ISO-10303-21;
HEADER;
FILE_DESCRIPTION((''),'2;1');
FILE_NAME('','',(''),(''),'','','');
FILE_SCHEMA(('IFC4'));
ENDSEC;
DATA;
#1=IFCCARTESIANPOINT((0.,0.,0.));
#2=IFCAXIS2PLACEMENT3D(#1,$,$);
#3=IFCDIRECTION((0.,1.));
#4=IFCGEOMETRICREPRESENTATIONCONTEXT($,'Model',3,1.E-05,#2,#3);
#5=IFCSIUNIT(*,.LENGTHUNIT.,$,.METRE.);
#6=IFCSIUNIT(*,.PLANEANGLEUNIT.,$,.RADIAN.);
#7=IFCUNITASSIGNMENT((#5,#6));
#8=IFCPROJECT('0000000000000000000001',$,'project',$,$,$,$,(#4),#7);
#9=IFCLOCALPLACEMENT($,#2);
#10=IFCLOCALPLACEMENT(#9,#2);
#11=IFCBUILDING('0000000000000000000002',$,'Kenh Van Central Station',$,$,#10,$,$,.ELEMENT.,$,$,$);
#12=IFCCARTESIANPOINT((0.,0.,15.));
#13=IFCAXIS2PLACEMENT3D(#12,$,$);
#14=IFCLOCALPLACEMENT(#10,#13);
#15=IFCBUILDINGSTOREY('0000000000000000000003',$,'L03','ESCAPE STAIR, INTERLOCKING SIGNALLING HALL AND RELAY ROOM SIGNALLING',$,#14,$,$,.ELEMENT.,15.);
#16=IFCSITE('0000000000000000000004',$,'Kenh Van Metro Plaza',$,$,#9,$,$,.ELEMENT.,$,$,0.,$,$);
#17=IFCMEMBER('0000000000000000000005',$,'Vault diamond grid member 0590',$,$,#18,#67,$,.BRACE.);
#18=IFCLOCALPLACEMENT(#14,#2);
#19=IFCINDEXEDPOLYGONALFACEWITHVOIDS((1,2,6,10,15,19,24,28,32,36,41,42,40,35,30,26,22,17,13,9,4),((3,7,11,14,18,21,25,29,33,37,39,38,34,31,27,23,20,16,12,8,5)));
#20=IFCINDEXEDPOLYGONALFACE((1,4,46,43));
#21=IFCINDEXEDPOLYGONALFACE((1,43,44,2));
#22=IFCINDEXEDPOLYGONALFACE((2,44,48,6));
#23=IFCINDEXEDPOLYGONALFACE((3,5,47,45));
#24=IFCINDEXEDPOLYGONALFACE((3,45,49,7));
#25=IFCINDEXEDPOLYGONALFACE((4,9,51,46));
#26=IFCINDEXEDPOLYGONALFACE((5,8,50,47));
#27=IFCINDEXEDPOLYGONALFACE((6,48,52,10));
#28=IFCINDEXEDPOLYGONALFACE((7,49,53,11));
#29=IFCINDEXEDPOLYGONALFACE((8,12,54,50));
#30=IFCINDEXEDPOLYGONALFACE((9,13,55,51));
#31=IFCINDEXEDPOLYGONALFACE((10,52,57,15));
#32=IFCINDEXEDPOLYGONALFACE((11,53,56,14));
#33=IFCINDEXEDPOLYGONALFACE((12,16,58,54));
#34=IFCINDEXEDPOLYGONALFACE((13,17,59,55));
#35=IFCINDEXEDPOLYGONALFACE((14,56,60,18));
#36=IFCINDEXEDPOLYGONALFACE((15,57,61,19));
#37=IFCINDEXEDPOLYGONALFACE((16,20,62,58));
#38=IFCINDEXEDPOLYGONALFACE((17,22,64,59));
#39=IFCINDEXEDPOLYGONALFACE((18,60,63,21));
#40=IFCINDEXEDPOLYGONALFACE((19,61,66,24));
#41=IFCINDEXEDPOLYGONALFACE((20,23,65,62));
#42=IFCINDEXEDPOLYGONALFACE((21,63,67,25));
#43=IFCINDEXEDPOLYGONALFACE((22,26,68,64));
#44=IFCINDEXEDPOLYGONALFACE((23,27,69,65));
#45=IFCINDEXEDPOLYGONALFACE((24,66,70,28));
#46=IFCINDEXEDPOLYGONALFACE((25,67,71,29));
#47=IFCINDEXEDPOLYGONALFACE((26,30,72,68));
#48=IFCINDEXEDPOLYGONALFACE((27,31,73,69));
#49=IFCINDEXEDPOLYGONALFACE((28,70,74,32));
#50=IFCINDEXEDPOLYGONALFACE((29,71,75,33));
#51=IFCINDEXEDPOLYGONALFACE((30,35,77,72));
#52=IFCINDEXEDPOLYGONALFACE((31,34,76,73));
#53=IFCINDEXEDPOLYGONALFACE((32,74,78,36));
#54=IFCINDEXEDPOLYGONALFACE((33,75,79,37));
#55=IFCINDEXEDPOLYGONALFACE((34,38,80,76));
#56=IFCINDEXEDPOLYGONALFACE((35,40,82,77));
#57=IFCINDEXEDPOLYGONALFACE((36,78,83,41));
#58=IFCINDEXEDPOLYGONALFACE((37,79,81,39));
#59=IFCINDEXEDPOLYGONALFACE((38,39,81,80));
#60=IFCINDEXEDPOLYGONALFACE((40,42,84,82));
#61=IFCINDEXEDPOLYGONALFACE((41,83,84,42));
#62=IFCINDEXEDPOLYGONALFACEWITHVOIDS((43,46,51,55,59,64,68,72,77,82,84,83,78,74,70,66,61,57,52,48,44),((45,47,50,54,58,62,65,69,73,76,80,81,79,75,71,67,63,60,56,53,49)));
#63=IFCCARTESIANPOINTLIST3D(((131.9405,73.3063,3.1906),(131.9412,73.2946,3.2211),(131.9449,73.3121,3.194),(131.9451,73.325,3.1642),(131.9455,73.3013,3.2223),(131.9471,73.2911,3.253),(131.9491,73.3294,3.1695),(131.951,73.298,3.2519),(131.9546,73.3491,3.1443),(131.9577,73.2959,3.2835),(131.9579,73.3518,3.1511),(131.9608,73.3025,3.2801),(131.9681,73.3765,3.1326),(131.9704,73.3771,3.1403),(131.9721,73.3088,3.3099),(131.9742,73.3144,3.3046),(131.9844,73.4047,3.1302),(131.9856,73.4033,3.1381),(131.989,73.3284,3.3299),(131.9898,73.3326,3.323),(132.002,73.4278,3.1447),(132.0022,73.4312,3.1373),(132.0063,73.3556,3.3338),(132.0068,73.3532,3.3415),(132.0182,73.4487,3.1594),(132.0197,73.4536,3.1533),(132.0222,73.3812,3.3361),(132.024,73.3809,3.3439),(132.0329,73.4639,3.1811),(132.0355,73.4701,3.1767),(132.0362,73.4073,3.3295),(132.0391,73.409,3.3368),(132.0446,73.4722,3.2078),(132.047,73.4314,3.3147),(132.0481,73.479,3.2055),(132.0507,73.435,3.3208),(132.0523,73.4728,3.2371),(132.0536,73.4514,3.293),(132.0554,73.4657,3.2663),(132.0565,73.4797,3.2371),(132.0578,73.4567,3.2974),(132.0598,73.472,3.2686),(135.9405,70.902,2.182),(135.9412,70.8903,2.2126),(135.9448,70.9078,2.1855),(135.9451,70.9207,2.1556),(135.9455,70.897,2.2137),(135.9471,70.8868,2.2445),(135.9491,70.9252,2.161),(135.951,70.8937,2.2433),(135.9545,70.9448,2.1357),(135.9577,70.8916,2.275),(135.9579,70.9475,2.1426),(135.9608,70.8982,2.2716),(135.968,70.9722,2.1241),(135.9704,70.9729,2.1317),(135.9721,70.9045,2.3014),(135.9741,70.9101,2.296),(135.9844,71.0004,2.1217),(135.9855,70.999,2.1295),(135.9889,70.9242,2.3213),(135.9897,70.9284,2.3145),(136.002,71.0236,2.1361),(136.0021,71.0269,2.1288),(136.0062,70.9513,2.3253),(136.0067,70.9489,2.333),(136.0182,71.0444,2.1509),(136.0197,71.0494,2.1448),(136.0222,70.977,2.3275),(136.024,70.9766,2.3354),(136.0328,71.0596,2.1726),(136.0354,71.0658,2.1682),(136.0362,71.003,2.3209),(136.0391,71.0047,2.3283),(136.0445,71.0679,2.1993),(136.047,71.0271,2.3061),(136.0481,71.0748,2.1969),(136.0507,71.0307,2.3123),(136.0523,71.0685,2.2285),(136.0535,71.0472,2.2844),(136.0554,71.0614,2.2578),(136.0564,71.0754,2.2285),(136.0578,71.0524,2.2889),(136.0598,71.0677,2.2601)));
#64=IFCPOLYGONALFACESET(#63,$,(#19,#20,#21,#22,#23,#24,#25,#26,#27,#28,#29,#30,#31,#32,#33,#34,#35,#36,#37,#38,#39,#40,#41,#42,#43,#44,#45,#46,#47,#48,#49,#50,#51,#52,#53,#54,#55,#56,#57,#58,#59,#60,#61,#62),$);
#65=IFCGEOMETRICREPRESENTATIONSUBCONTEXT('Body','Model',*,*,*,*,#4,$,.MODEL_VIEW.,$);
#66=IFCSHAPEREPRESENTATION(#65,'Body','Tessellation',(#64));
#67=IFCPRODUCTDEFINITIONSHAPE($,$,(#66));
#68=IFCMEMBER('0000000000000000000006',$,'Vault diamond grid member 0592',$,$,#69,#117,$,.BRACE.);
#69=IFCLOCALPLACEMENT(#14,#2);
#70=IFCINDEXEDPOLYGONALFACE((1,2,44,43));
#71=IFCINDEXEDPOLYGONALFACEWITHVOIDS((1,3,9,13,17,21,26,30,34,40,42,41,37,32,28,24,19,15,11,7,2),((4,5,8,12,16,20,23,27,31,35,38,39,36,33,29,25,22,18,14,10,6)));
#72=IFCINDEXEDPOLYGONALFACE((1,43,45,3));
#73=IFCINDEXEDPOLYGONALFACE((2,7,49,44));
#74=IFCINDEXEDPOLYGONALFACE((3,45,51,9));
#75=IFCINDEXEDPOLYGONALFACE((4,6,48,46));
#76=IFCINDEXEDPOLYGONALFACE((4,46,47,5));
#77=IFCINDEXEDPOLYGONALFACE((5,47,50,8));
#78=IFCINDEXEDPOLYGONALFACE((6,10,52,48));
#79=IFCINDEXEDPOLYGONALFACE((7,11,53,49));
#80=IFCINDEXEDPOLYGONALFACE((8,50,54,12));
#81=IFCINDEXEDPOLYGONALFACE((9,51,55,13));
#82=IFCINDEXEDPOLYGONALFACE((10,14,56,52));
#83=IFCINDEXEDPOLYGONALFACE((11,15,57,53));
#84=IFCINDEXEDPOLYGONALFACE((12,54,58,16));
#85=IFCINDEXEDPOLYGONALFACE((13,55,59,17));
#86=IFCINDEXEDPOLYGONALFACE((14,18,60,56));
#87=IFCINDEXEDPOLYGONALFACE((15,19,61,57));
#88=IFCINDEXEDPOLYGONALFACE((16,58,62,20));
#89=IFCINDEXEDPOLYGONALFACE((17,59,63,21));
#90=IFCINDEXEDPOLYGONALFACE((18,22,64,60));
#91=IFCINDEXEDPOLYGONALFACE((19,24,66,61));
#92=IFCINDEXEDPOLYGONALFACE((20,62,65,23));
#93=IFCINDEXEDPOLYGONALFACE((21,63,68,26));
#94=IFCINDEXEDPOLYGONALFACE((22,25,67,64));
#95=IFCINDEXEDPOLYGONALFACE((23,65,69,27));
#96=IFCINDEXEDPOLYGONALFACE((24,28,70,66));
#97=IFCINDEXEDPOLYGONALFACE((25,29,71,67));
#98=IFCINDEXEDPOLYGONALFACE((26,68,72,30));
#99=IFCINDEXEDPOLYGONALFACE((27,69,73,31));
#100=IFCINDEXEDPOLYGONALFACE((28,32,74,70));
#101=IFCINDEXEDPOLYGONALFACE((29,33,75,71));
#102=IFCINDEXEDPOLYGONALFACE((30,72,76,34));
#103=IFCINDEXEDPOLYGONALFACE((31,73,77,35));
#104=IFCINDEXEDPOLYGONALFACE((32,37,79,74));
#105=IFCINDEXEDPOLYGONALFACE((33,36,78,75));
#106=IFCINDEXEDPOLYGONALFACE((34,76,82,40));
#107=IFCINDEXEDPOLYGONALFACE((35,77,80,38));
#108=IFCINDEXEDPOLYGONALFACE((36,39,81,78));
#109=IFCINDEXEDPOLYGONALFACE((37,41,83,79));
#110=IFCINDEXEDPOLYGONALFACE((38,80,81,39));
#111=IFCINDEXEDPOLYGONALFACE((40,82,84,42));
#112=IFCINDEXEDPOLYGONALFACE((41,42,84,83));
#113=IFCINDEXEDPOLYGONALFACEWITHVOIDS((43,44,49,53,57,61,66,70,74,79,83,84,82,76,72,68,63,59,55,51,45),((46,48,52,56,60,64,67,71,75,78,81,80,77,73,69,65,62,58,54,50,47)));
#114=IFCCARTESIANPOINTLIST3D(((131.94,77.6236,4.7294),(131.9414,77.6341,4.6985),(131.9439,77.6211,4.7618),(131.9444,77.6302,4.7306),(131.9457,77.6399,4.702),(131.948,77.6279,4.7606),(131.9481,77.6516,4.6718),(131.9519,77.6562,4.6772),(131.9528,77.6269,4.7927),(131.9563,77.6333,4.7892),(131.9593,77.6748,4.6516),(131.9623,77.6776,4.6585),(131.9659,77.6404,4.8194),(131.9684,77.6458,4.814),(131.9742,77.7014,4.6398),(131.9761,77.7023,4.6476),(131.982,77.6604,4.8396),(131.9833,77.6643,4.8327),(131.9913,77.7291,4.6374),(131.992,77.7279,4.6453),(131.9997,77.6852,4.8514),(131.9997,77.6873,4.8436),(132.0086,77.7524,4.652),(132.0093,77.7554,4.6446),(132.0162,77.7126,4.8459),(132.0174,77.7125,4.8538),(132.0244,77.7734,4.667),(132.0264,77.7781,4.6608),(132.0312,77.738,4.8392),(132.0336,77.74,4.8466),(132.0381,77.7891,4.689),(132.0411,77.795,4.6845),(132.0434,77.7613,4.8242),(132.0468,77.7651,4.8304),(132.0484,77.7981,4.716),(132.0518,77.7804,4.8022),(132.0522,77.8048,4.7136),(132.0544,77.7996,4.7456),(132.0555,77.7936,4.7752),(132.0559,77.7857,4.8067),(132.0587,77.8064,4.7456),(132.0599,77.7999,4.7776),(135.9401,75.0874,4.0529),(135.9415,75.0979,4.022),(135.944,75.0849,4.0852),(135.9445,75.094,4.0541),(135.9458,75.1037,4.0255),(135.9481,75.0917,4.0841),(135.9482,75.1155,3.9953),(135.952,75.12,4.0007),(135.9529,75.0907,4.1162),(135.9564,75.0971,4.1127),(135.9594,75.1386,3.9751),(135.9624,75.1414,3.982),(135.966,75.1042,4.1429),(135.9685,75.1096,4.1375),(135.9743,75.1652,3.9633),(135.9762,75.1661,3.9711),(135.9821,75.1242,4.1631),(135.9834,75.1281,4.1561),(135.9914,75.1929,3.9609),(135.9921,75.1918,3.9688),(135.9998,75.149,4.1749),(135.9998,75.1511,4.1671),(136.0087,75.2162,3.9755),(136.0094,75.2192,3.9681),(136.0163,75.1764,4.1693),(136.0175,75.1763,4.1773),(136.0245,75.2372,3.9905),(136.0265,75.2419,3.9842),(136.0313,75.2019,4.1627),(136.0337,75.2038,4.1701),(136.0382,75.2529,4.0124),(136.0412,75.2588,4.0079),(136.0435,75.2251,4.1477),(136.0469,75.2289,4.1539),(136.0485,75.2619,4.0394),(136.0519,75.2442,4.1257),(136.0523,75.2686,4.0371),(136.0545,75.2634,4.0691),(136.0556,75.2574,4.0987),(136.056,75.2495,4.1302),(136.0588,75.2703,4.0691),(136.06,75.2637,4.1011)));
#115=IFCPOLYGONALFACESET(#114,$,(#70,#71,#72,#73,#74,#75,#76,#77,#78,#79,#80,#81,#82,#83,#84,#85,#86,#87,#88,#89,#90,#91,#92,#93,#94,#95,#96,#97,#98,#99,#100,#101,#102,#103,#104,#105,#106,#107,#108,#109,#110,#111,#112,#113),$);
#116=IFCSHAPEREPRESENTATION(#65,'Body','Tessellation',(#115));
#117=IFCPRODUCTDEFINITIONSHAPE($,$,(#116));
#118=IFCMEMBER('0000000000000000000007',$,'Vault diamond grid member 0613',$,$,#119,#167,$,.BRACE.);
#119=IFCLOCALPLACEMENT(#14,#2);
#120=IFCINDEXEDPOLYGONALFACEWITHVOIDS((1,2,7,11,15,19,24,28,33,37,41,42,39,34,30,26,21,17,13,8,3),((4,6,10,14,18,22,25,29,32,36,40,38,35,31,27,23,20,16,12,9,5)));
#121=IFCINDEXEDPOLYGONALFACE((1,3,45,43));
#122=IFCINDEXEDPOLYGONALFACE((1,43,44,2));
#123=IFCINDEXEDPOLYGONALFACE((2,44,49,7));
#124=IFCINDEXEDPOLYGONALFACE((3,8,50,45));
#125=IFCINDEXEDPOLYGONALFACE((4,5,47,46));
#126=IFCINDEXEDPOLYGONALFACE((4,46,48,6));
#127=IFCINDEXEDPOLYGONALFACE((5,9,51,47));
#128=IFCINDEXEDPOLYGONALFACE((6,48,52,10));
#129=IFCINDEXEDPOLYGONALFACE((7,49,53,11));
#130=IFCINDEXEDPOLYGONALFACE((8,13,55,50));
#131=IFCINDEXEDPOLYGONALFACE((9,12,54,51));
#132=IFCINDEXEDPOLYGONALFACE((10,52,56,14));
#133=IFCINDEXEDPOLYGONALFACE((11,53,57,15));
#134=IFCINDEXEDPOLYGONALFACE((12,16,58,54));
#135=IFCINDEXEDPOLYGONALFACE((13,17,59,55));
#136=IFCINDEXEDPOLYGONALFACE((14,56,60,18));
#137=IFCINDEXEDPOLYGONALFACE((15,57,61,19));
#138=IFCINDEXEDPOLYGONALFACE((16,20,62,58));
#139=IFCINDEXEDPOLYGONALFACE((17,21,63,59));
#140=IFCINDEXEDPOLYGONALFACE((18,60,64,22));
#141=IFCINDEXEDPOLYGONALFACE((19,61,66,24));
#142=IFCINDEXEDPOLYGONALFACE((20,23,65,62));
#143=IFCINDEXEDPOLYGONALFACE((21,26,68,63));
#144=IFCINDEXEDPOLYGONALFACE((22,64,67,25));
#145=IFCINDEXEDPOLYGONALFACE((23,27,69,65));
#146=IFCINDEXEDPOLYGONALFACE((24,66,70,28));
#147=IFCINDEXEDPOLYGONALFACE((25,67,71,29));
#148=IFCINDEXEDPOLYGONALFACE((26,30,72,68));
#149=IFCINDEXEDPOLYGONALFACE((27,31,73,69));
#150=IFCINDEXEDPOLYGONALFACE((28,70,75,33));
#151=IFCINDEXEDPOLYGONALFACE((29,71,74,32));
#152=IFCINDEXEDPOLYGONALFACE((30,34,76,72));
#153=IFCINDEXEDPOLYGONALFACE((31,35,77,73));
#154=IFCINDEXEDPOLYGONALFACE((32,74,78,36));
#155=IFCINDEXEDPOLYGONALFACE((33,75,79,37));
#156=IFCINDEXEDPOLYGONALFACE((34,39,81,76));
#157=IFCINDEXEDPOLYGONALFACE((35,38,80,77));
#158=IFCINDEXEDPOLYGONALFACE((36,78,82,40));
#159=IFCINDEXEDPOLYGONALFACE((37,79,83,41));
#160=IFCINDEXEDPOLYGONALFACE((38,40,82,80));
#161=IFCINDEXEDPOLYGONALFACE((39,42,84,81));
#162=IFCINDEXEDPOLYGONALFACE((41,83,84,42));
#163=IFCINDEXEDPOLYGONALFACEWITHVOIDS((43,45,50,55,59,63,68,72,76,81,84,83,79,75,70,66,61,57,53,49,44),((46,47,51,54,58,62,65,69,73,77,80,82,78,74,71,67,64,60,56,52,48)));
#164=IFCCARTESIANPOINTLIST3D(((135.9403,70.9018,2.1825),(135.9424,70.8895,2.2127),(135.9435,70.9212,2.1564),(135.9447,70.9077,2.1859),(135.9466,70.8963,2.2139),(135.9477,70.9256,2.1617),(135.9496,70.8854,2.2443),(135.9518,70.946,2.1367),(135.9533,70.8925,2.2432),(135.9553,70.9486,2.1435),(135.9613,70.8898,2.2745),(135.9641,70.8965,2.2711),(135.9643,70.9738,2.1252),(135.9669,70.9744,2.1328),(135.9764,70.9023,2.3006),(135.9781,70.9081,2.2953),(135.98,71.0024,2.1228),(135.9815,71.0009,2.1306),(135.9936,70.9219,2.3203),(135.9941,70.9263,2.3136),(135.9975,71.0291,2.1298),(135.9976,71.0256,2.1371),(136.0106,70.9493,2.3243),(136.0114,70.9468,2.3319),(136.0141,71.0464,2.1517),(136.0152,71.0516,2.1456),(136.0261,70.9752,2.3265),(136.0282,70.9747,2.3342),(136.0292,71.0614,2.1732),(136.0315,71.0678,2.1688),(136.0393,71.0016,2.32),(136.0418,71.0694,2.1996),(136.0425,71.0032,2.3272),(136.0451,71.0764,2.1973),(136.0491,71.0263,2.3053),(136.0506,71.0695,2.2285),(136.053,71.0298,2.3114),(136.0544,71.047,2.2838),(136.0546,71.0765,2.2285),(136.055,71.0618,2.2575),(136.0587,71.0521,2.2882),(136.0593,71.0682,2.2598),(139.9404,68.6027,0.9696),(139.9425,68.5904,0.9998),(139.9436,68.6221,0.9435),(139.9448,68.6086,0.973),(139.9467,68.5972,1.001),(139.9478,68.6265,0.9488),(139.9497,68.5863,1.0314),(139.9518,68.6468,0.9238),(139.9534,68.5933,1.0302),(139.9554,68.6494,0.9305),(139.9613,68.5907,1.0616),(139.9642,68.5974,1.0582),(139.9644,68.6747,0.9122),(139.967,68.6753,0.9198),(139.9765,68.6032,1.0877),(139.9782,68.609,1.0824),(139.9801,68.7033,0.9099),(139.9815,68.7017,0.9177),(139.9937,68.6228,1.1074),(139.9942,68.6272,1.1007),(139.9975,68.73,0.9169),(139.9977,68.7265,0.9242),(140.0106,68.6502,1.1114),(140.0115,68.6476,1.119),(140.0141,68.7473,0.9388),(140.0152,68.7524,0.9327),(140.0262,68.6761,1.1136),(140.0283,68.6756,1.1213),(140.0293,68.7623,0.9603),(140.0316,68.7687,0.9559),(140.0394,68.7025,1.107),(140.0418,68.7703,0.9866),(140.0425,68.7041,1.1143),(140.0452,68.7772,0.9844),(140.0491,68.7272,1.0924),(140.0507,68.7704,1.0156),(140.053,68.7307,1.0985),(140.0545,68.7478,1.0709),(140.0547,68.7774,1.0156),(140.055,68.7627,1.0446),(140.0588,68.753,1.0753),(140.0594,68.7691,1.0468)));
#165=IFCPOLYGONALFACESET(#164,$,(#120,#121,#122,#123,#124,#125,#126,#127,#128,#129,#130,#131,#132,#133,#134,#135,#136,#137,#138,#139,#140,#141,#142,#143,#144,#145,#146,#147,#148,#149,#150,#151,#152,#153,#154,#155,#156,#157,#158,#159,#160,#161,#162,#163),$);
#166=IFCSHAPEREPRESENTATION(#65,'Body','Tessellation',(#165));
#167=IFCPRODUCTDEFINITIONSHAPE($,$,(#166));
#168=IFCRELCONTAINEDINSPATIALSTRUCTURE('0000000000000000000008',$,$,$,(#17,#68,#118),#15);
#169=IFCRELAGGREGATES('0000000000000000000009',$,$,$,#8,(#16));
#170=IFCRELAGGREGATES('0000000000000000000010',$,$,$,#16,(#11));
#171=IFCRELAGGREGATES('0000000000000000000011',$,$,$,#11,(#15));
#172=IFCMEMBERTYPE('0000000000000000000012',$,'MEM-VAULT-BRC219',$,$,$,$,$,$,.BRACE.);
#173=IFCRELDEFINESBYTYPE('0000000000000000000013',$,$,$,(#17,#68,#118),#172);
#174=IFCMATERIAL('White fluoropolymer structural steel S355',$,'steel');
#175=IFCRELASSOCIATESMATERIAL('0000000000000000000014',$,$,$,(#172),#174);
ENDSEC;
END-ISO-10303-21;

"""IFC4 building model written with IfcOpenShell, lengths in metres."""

from ifc_helpers import new_model, si_unit, direction, frame, origin, origin_2d, place, context, subcontext, project, spatial, hollow_circle, extrude, material, material_profile, profile_set, type_object, element, save


model = new_model("IFC4")

# Units and contexts
model_context = context("Model", 3, precision=1e-05, world=origin(), true_north=direction((0.0, 1.0)))
body_context = subcontext(model_context, "Body", "Model", "MODEL_VIEW")
ifc_project = project(units=[si_unit("LENGTHUNIT", "METRE"), si_unit("PLANEANGLEUNIT", "RADIAN")], contexts=[model_context])

# Site, building, storey
site_placement = place(None, origin())
site = spatial("IfcSite", under=ifc_project, at=site_placement, Name="Kenh Van Metro Plaza", CompositionType="ELEMENT", RefElevation=0.0)
building_placement = place(site_placement, origin())
building = spatial("IfcBuilding", under=site, at=building_placement, Name="Kenh Van Central Station", CompositionType="ELEMENT")
storey_placement = place(building_placement, frame((0.0, 0.0, 15.0)))
storey = spatial("IfcBuildingStorey", under=building, at=storey_placement, Name="L03", Description="ESCAPE STAIR, INTERLOCKING SIGNALLING HALL AND RELAY ROOM SIGNALLING", CompositionType="ELEMENT", Elevation=15.0)

# Shared definitions
ifc_material_1 = material(Name="White fluoropolymer structural steel S355", Category="steel")

# Members
ifc_material_profile_1 = material_profile(ifc_material_1, hollow_circle(Radius=0.1096, WallThickness=0.0081, at=origin_2d()), Name="CHS 219.1x8")
ifc_profile_set_1 = profile_set([ifc_material_profile_1], Name="White fluoropolymer structural steel S355")
member_type_1 = type_object("IfcMemberType", Name="MEM-VAULT-BRC219", PredefinedType="BRACE", material=ifc_profile_set_1)
member_1_placement = place(storey_placement, frame((132.0, 73.3857, 3.2371), z_axis=(0.837748, -0.503549, -0.211227), x_axis=(0.515173, 0.857086, 0.0)))
element("IfcMember", 1, at=member_1_placement, inside=storey, type_object=member_type_1, Name="Vault diamond grid member 0590", PredefinedType="BRACE", context=body_context, shape_type="SweptSolid", body=[
    extrude(hollow_circle(Radius=0.1096, WallThickness=0.0081, at=origin_2d()), origin(), (0.0, 0.0, 1.0), 4.7747),
])
member_2_placement = place(storey_placement, frame((132.0, 77.7139, 4.7456), z_axis=(0.836066, -0.530094, -0.141403), x_axis=(0.535474, 0.844552, 0.0)))
element("IfcMember", 2, at=member_2_placement, inside=storey, type_object=member_type_1, Name="Vault diamond grid member 0592", PredefinedType="BRACE", context=body_context, shape_type="SweptSolid", body=[
    extrude(hollow_circle(Radius=0.1096, WallThickness=0.0081, at=origin_2d()), origin(), (0.0, 0.0, 1.0), 4.7844),
])
member_3_placement = place(storey_placement, frame((136.0, 70.9814, 2.2285), z_axis=(0.838502, -0.481944, -0.254253), x_axis=(0.49832, 0.866993, 0.0)))
element("IfcMember", 3, at=member_3_placement, inside=storey, type_object=member_type_1, Name="Vault diamond grid member 0613", PredefinedType="BRACE", context=body_context, shape_type="SweptSolid", body=[
    extrude(hollow_circle(Radius=0.1096, WallThickness=0.0081, at=origin_2d()), origin(), (0.0, 0.0, 1.0), 4.7705),
])

save(model, "model.ifc")
